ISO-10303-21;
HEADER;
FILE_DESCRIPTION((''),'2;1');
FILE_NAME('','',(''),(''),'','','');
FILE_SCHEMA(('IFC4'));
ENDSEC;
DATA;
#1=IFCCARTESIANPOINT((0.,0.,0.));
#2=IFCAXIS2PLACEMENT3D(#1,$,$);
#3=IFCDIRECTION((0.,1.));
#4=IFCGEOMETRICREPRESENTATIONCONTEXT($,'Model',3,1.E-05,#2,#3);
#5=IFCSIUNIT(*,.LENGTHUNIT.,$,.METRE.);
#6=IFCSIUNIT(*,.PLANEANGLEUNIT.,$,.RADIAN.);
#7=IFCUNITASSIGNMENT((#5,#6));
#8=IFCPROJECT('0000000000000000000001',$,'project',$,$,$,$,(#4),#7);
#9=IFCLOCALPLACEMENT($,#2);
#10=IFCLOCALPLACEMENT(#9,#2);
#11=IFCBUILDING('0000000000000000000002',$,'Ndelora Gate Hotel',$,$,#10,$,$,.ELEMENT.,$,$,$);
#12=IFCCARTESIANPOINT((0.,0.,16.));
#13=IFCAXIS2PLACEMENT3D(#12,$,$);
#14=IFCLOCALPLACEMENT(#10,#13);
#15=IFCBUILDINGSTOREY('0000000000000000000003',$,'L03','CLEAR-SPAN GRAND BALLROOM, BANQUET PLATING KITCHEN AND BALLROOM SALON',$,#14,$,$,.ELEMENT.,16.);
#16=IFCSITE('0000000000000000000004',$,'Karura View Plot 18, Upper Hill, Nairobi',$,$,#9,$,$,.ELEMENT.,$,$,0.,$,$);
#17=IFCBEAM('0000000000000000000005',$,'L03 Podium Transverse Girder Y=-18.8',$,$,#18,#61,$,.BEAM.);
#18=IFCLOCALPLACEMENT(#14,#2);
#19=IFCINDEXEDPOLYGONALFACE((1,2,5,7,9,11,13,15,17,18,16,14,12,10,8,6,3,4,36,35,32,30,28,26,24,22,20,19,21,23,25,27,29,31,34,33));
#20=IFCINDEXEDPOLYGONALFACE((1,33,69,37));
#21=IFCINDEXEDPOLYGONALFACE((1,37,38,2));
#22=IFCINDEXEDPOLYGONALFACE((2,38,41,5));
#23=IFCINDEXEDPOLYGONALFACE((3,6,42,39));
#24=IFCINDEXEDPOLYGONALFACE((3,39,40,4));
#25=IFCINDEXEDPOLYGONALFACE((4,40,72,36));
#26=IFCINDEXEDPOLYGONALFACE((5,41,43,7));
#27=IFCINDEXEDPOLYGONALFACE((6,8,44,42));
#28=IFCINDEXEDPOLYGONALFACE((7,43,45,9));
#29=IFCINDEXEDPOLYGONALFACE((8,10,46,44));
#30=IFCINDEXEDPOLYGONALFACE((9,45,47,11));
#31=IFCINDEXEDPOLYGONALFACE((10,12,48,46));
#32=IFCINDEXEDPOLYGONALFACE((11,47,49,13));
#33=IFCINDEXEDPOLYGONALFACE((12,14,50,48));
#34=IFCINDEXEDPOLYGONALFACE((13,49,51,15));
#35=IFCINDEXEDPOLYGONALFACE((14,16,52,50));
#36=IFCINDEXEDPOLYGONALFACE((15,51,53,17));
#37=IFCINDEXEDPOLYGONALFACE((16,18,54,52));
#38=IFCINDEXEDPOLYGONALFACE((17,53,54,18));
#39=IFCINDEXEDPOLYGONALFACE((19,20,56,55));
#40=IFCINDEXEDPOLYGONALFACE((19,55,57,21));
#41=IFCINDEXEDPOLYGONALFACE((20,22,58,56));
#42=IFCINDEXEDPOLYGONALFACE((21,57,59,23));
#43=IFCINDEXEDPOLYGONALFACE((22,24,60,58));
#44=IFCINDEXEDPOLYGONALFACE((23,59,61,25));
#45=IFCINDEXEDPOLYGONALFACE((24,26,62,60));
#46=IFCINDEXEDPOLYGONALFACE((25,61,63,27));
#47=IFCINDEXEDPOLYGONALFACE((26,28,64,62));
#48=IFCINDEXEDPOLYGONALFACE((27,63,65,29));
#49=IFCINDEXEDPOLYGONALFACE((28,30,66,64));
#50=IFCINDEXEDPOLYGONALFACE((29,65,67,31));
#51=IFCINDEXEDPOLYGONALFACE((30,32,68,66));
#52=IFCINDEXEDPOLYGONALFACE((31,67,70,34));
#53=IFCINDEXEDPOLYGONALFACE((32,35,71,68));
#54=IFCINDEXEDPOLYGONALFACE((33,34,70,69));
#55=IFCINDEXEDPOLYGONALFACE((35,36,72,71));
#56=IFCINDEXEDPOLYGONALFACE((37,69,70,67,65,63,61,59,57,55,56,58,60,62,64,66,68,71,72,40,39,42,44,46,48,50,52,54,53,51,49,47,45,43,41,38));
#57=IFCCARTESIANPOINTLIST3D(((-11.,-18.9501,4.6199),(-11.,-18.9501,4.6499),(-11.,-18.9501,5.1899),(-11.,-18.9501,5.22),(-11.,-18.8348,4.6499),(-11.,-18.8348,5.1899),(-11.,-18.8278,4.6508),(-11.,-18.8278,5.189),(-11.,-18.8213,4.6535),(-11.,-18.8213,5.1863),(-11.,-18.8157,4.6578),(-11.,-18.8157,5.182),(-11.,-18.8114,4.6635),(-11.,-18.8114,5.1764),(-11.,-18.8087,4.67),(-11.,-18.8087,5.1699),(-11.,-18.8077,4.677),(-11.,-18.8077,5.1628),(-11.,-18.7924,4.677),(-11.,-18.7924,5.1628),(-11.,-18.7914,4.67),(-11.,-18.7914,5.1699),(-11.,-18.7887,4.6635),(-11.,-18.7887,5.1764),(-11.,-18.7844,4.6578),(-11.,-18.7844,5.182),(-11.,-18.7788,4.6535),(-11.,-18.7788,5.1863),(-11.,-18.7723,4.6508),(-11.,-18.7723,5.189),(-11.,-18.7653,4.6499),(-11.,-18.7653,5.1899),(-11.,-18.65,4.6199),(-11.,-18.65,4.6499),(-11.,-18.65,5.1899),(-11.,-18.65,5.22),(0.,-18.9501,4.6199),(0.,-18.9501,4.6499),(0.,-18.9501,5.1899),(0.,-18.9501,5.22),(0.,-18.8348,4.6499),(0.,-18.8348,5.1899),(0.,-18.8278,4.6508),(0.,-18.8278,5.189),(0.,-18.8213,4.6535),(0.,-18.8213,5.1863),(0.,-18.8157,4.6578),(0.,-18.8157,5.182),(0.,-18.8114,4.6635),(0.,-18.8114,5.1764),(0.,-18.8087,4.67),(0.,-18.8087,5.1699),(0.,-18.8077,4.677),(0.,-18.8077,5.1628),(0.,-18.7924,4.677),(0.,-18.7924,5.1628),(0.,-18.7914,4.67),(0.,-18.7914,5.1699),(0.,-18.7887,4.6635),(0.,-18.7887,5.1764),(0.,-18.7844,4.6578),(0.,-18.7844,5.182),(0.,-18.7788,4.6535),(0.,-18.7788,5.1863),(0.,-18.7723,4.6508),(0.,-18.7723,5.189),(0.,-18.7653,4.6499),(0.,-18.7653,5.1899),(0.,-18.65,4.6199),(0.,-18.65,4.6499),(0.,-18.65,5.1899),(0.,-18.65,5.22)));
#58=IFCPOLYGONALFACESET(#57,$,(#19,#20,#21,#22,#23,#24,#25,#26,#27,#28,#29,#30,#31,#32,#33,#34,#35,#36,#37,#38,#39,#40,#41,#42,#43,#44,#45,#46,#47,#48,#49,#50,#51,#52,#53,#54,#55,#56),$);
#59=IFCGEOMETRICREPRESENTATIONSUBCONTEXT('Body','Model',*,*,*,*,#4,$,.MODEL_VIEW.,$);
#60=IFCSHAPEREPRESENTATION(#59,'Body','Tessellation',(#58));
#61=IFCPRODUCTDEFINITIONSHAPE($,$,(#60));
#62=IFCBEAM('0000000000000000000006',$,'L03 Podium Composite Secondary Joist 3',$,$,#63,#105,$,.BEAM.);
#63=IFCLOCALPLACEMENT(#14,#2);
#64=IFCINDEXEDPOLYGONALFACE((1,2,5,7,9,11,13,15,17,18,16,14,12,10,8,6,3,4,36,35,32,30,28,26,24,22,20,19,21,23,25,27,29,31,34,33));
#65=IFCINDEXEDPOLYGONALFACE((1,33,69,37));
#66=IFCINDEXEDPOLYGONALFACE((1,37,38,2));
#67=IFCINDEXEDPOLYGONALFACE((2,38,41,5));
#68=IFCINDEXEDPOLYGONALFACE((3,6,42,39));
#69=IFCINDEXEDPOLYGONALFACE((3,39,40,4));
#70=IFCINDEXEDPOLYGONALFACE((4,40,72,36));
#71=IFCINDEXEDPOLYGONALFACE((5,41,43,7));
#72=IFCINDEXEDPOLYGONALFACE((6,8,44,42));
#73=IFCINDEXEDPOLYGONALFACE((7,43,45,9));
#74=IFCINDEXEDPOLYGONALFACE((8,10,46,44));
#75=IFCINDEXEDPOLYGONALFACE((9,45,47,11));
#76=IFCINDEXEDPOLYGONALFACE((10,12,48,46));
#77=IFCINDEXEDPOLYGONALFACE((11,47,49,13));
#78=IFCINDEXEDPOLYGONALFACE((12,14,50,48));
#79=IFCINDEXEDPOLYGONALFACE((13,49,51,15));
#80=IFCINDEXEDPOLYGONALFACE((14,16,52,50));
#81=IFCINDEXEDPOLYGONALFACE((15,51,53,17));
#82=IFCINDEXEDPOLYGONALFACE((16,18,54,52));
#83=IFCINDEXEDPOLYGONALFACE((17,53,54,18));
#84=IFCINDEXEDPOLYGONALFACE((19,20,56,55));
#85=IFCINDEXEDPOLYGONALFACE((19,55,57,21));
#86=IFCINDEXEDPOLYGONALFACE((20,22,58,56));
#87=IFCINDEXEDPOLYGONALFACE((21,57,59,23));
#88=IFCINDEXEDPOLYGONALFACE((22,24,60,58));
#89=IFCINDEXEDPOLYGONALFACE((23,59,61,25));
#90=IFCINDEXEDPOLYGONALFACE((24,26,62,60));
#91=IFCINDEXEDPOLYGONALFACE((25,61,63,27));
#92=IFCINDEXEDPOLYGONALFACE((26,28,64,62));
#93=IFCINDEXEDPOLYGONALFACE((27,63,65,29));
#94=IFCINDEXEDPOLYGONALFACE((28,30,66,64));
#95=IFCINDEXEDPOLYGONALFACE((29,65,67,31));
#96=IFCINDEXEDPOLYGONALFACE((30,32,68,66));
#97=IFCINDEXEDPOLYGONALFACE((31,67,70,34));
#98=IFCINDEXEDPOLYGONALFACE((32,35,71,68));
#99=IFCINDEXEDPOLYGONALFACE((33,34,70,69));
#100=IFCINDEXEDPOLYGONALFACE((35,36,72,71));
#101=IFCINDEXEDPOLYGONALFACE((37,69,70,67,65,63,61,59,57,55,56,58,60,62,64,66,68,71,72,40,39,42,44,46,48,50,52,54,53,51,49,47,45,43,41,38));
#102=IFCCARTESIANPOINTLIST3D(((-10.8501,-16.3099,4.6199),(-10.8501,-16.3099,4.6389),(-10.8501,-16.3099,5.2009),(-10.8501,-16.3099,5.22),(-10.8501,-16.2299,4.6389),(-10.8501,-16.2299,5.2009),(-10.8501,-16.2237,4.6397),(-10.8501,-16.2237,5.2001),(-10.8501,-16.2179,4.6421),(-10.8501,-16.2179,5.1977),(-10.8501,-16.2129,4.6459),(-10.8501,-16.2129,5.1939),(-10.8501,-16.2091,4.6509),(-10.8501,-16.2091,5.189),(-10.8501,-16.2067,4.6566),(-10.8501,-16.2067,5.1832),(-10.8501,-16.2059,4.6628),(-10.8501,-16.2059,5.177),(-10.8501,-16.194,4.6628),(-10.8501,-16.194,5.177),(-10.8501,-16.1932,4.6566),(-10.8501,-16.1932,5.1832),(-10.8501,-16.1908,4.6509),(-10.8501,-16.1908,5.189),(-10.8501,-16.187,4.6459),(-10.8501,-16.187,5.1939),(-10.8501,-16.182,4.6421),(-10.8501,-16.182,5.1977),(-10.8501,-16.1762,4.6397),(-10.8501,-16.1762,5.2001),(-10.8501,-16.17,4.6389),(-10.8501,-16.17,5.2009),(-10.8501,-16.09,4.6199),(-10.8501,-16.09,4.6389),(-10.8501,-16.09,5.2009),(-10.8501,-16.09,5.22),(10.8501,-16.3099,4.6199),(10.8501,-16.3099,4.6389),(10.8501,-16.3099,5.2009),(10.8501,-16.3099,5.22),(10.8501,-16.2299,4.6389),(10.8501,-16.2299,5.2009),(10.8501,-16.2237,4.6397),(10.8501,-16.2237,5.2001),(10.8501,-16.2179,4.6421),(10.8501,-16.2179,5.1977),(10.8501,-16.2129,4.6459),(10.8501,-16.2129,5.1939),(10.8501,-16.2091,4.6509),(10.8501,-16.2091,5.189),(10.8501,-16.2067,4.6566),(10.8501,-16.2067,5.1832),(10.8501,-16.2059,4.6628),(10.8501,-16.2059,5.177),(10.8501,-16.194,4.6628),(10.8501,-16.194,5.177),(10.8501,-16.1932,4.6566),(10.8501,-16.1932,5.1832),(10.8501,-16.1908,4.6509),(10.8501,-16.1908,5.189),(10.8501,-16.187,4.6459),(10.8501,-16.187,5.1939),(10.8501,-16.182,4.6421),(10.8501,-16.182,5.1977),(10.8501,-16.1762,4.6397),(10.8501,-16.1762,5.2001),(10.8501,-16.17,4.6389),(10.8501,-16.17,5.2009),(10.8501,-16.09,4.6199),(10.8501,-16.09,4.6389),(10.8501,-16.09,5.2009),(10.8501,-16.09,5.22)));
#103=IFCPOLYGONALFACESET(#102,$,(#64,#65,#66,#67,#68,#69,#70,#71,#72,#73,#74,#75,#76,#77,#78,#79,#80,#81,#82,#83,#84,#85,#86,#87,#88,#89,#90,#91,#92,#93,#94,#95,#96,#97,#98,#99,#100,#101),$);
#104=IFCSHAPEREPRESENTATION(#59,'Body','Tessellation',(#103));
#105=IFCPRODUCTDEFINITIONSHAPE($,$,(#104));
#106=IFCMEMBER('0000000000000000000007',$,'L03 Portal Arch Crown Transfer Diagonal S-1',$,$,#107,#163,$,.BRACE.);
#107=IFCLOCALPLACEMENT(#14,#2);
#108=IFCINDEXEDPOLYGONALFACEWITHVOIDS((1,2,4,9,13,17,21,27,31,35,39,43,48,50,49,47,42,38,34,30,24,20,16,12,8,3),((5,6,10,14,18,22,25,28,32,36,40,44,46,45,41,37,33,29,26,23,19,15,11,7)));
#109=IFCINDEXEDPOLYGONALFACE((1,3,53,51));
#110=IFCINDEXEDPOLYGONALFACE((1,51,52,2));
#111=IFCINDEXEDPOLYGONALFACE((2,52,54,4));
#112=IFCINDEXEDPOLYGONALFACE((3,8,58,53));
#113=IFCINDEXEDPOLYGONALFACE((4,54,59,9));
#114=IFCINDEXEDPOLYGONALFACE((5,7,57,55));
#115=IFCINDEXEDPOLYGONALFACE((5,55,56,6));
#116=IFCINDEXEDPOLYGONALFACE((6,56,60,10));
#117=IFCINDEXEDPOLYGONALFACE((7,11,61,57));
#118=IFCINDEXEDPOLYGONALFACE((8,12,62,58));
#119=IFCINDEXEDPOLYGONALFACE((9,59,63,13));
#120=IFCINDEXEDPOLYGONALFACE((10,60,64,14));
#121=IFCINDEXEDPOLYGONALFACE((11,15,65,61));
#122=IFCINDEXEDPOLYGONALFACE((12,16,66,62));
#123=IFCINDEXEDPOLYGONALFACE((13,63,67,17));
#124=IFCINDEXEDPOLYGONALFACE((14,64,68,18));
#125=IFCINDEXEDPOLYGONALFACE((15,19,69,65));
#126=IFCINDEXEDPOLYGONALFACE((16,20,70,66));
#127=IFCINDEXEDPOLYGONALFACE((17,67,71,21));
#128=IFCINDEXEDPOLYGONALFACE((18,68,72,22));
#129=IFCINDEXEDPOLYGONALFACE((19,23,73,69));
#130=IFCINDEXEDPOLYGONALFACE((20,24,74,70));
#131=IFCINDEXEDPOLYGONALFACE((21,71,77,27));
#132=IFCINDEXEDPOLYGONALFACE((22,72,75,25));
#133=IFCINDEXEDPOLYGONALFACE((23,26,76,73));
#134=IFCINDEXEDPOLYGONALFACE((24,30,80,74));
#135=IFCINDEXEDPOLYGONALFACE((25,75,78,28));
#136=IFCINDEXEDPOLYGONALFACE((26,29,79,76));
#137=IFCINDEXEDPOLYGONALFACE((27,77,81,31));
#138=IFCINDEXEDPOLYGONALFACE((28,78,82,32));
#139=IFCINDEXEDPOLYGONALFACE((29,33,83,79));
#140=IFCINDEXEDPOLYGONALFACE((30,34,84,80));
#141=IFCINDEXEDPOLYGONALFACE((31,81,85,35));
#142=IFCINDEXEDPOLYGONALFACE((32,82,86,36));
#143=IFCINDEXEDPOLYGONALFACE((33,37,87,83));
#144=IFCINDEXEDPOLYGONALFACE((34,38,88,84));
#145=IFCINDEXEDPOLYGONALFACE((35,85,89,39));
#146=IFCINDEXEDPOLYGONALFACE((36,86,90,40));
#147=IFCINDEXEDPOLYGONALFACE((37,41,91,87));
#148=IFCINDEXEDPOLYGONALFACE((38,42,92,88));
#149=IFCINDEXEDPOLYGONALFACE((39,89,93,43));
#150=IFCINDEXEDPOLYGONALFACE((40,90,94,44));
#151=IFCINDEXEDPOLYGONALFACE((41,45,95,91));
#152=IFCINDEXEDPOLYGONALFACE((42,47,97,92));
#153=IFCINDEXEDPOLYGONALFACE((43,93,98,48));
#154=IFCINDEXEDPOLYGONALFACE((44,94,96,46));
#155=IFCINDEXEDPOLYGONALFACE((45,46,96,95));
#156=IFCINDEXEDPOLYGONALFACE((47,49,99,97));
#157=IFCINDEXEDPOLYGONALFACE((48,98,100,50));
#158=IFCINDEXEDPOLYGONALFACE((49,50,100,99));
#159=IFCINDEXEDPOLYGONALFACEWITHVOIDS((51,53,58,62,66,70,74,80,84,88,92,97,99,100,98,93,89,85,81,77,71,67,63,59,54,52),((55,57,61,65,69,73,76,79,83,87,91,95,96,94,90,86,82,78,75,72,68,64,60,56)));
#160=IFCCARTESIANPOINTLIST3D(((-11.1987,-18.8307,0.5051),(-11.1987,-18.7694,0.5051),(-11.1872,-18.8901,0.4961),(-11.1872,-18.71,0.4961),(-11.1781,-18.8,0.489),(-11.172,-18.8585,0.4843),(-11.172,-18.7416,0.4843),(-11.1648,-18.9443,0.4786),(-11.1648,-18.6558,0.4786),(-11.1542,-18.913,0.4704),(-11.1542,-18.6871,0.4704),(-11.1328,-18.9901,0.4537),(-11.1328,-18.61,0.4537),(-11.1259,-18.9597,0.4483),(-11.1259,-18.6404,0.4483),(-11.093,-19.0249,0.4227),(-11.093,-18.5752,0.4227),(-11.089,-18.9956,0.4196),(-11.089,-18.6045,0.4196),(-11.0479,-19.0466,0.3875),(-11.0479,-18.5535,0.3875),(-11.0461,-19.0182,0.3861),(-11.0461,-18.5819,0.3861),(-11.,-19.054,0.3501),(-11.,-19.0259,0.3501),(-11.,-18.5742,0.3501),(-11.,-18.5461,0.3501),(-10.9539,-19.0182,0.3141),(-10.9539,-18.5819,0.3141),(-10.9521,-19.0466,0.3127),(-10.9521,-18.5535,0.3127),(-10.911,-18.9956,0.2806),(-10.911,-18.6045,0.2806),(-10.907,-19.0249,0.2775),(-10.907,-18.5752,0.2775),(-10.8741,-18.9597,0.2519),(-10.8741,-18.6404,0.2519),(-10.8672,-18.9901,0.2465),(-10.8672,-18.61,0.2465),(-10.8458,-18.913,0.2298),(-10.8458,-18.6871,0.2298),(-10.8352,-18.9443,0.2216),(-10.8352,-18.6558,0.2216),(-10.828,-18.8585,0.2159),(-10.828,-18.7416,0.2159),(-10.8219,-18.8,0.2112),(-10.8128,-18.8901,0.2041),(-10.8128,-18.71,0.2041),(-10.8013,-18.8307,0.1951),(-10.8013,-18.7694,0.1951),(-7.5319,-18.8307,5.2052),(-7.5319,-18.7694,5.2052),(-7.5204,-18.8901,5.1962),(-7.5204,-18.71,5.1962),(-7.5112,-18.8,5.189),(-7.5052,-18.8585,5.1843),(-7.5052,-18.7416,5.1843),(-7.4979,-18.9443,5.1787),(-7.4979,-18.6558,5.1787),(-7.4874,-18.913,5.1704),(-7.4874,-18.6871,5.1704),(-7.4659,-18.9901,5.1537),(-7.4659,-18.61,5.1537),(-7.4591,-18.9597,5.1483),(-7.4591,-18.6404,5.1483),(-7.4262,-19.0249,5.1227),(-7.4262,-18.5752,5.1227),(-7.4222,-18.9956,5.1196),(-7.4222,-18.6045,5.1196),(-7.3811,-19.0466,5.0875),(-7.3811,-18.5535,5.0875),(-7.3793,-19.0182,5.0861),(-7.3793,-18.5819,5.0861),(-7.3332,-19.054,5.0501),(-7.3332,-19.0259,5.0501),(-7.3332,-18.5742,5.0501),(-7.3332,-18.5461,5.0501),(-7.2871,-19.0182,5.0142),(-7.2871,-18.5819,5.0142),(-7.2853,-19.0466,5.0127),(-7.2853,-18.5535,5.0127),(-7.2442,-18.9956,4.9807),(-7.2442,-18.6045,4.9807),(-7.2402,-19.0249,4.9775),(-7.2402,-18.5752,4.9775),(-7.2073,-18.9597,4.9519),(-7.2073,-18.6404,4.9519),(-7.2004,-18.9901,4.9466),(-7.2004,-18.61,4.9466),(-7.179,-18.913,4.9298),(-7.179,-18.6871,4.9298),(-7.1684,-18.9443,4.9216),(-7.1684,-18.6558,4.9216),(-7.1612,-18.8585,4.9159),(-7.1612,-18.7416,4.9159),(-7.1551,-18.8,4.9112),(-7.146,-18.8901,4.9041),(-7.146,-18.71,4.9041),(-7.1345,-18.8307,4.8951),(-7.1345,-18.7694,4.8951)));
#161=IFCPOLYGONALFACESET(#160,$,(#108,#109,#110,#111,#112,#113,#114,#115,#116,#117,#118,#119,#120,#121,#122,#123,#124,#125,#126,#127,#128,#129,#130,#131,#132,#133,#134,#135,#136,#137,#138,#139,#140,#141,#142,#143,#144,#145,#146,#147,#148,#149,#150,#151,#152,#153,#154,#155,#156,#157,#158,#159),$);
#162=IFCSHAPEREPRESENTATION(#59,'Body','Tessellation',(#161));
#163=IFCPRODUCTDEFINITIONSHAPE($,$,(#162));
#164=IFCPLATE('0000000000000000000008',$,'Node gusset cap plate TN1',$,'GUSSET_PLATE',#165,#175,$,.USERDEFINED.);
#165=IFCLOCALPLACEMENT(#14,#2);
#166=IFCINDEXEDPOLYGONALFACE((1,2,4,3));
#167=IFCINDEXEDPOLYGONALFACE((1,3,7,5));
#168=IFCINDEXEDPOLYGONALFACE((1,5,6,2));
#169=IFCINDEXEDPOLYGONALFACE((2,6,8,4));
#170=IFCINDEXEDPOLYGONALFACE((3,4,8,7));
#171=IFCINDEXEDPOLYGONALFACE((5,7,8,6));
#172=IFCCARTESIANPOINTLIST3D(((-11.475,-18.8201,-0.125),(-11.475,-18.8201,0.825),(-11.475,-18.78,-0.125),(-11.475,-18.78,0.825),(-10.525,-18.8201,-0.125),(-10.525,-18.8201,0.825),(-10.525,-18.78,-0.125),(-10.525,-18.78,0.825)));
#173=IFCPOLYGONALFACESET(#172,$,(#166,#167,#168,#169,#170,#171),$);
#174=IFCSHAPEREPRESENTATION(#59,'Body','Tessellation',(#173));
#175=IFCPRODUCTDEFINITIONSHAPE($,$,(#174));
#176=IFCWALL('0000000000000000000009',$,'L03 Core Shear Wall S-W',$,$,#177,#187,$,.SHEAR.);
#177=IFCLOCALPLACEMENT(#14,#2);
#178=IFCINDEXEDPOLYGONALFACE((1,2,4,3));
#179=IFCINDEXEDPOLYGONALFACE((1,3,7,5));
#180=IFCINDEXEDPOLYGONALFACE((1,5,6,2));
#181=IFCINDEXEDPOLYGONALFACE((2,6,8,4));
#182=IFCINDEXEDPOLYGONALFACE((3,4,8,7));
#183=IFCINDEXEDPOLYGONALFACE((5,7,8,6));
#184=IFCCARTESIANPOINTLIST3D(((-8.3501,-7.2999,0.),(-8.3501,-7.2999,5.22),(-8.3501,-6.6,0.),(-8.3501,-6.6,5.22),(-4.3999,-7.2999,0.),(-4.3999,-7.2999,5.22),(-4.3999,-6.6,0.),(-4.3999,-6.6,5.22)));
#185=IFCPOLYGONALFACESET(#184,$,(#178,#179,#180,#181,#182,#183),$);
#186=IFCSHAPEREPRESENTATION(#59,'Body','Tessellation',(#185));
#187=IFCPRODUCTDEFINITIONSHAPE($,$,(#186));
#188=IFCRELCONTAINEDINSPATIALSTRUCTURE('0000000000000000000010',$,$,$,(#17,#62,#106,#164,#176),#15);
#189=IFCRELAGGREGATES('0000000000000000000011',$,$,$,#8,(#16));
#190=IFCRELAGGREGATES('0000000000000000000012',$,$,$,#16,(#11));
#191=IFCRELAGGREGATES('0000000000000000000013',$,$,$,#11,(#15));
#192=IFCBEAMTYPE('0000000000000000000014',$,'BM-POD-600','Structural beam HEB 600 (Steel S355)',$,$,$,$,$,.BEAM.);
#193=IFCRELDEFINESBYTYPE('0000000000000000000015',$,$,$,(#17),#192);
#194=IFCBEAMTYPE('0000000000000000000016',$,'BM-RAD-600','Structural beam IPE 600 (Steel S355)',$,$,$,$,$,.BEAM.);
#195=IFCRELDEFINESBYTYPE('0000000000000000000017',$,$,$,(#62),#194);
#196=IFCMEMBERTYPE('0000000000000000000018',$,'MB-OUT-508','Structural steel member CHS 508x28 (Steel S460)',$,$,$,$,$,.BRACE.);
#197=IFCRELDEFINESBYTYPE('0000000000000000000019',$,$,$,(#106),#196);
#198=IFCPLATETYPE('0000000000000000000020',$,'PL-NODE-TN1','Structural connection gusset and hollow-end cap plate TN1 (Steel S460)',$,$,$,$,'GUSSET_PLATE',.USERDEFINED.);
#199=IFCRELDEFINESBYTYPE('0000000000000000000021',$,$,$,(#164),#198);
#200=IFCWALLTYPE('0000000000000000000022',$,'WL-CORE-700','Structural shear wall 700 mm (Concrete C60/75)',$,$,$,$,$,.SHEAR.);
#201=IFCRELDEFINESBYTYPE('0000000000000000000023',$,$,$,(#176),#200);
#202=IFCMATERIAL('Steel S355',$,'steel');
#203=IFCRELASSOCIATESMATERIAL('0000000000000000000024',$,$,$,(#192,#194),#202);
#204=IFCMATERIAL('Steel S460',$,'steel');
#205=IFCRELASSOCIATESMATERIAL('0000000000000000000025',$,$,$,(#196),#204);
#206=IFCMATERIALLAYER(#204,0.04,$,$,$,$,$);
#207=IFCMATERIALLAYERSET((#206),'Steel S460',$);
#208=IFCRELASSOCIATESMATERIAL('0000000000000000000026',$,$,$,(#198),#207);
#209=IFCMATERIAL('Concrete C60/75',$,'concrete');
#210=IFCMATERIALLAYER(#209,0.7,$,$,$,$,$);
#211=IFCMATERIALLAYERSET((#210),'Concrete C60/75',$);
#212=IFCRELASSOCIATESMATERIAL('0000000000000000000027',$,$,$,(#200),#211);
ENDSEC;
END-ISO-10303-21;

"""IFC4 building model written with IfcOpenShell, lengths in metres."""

from ifc_helpers import new_model, si_unit, direction, frame, frame_2d, origin, origin_2d, place, context, subcontext, project, spatial, rectangle, hollow_circle, i_section, extrude, material, layer, layer_set, material_profile, profile_set, type_object, element, save


model = new_model("IFC4")

# Units and contexts
model_context = context("Model", 3, precision=1e-05, world=origin(), true_north=direction((0.0, 1.0)))
body_context = subcontext(model_context, "Body", "Model", "MODEL_VIEW")
ifc_project = project(units=[si_unit("LENGTHUNIT", "METRE"), si_unit("PLANEANGLEUNIT", "RADIAN")], contexts=[model_context])

# Site, building, storey
site_placement = place(None, origin())
site = spatial("IfcSite", under=ifc_project, at=site_placement, Name="Karura View Plot 18, Upper Hill, Nairobi", CompositionType="ELEMENT", RefElevation=0.0)
building_placement = place(site_placement, origin())
building = spatial("IfcBuilding", under=site, at=building_placement, Name="Ndelora Gate Hotel", CompositionType="ELEMENT")
storey_placement = place(building_placement, frame((0.0, 0.0, 16.0)))
storey = spatial("IfcBuildingStorey", under=building, at=storey_placement, Name="L03", Description="CLEAR-SPAN GRAND BALLROOM, BANQUET PLATING KITCHEN AND BALLROOM SALON", CompositionType="ELEMENT", Elevation=16.0)

# Shared definitions
ifc_material_1 = material(Name="Concrete C60/75", Category="concrete")

# Beams
ifc_material_2 = material(Name="Steel S460", Category="steel")
ifc_material_3 = material(Name="Steel S355", Category="steel")
ifc_material_profile_1 = material_profile(ifc_material_3, i_section(OverallWidth=0.3, OverallDepth=0.6001, WebThickness=0.0154, FlangeThickness=0.03, FilletRadius=0.0271, at=origin_2d()), Name="HEB 600")
ifc_profile_set_1 = profile_set([ifc_material_profile_1], Name="Steel S355")
beam_type_1 = type_object("IfcBeamType", Name="BM-POD-600", Description="Structural beam HEB 600 (Steel S355)", PredefinedType="BEAM", material=ifc_profile_set_1)
beam_1_placement = place(storey_placement, frame((-11.0, -18.8, 4.9199), z_axis=(1.0, 0.0, 0.0), x_axis=(0.0, 1.0, 0.0)))
element("IfcBeam", 1, at=beam_1_placement, inside=storey, type_object=beam_type_1, Name="L03 Podium Transverse Girder Y=-18.8", PredefinedType="BEAM", context=body_context, shape_type="SweptSolid", body=[
    extrude(i_section(OverallWidth=0.3, OverallDepth=0.6001, WebThickness=0.0154, FlangeThickness=0.03, FilletRadius=0.0271, at=origin_2d()), origin(), (0.0, 0.0, 1.0), 11.0),
])
ifc_material_profile_2 = material_profile(ifc_material_3, i_section(OverallWidth=0.22, OverallDepth=0.6001, WebThickness=0.012, FlangeThickness=0.019, FilletRadius=0.0239, at=origin_2d()), Name="IPE 600")
ifc_profile_set_2 = profile_set([ifc_material_profile_2], Name="Steel S355")
beam_type_2 = type_object("IfcBeamType", Name="BM-RAD-600", Description="Structural beam IPE 600 (Steel S355)", PredefinedType="BEAM", material=ifc_profile_set_2)
beam_2_placement = place(storey_placement, frame((-10.8501, -16.2, 4.9199), z_axis=(1.0, 0.0, 0.0), x_axis=(0.0, 1.0, 0.0)))
element("IfcBeam", 2, at=beam_2_placement, inside=storey, type_object=beam_type_2, Name="L03 Podium Composite Secondary Joist 3", PredefinedType="BEAM", context=body_context, shape_type="SweptSolid", body=[
    extrude(i_section(OverallWidth=0.22, OverallDepth=0.6001, WebThickness=0.012, FlangeThickness=0.019, FilletRadius=0.0239, at=origin_2d()), origin(), (0.0, 0.0, 1.0), 21.7002),
])

# Member
ifc_material_profile_3 = material_profile(ifc_material_2, hollow_circle(Radius=0.2539, WallThickness=0.0281, at=origin_2d()), Name="CHS 508x28")
ifc_profile_set_3 = profile_set([ifc_material_profile_3], Name="Steel S460")
member_type = type_object("IfcMemberType", Name="MB-OUT-508", Description="Structural steel member CHS 508x28 (Steel S460)", PredefinedType="BRACE", material=ifc_profile_set_3)
member_placement = place(storey_placement, frame((-11.0, -18.8, 0.3501), z_axis=(0.615114, 0.0, 0.788438), x_axis=(0.0, 1.0, 0.0)))
element("IfcMember", 3, at=member_placement, inside=storey, type_object=member_type, Name="L03 Portal Arch Crown Transfer Diagonal S-1", PredefinedType="BRACE", context=body_context, shape_type="SweptSolid", body=[
    extrude(hollow_circle(Radius=0.2539, WallThickness=0.0281, at=origin_2d()), origin(), (0.0, 0.0, 1.0), 5.9612),
])

# Plate
ifc_layer_1 = layer(ifc_material_2, 0.04)
ifc_layer_set_1 = layer_set([ifc_layer_1], Name="Steel S460")
plate_type = type_object("IfcPlateType", Name="PL-NODE-TN1", Description="Structural connection gusset and hollow-end cap plate TN1 (Steel S460)", ElementType="GUSSET_PLATE", PredefinedType="USERDEFINED", material=ifc_layer_set_1)
plate_placement = place(storey_placement, frame((-11.0, -18.8, -0.125), z_axis=(0.0, 0.0, 1.0), x_axis=(1.0, 0.0, 0.0)))
element("IfcPlate", 4, at=plate_placement, inside=storey, type_object=plate_type, Name="Node gusset cap plate TN1", ObjectType="GUSSET_PLATE", PredefinedType="USERDEFINED", context=body_context, shape_type="SweptSolid", body=[
    extrude(rectangle(XDim=0.95, YDim=0.04, at=origin_2d()), origin(), (0.0, 0.0, 1.0), 0.95),
])

# Wall
ifc_layer_2 = layer(ifc_material_1, 0.7)
ifc_layer_set_2 = layer_set([ifc_layer_2], Name="Concrete C60/75")
wall_type_1 = type_object("IfcWallType", Name="WL-CORE-700", Description="Structural shear wall 700 mm (Concrete C60/75)", PredefinedType="SHEAR", material=ifc_layer_set_2)
wall_1_placement = place(storey_placement, frame((-8.3501, -6.95, 0.0), z_axis=(0.0, 0.0, 1.0), x_axis=(1.0, 0.0, 0.0)))
element("IfcWall", 5, at=wall_1_placement, inside=storey, type_object=wall_type_1, Name="L03 Core Shear Wall S-W", PredefinedType="SHEAR", context=body_context, shape_type="SweptSolid", body=[
    extrude(rectangle(XDim=3.9502, YDim=0.7, at=frame_2d((1.9751, 0.0))), origin(), (0.0, 0.0, 1.0), 5.22),
])

save(model, "model.ifc")
